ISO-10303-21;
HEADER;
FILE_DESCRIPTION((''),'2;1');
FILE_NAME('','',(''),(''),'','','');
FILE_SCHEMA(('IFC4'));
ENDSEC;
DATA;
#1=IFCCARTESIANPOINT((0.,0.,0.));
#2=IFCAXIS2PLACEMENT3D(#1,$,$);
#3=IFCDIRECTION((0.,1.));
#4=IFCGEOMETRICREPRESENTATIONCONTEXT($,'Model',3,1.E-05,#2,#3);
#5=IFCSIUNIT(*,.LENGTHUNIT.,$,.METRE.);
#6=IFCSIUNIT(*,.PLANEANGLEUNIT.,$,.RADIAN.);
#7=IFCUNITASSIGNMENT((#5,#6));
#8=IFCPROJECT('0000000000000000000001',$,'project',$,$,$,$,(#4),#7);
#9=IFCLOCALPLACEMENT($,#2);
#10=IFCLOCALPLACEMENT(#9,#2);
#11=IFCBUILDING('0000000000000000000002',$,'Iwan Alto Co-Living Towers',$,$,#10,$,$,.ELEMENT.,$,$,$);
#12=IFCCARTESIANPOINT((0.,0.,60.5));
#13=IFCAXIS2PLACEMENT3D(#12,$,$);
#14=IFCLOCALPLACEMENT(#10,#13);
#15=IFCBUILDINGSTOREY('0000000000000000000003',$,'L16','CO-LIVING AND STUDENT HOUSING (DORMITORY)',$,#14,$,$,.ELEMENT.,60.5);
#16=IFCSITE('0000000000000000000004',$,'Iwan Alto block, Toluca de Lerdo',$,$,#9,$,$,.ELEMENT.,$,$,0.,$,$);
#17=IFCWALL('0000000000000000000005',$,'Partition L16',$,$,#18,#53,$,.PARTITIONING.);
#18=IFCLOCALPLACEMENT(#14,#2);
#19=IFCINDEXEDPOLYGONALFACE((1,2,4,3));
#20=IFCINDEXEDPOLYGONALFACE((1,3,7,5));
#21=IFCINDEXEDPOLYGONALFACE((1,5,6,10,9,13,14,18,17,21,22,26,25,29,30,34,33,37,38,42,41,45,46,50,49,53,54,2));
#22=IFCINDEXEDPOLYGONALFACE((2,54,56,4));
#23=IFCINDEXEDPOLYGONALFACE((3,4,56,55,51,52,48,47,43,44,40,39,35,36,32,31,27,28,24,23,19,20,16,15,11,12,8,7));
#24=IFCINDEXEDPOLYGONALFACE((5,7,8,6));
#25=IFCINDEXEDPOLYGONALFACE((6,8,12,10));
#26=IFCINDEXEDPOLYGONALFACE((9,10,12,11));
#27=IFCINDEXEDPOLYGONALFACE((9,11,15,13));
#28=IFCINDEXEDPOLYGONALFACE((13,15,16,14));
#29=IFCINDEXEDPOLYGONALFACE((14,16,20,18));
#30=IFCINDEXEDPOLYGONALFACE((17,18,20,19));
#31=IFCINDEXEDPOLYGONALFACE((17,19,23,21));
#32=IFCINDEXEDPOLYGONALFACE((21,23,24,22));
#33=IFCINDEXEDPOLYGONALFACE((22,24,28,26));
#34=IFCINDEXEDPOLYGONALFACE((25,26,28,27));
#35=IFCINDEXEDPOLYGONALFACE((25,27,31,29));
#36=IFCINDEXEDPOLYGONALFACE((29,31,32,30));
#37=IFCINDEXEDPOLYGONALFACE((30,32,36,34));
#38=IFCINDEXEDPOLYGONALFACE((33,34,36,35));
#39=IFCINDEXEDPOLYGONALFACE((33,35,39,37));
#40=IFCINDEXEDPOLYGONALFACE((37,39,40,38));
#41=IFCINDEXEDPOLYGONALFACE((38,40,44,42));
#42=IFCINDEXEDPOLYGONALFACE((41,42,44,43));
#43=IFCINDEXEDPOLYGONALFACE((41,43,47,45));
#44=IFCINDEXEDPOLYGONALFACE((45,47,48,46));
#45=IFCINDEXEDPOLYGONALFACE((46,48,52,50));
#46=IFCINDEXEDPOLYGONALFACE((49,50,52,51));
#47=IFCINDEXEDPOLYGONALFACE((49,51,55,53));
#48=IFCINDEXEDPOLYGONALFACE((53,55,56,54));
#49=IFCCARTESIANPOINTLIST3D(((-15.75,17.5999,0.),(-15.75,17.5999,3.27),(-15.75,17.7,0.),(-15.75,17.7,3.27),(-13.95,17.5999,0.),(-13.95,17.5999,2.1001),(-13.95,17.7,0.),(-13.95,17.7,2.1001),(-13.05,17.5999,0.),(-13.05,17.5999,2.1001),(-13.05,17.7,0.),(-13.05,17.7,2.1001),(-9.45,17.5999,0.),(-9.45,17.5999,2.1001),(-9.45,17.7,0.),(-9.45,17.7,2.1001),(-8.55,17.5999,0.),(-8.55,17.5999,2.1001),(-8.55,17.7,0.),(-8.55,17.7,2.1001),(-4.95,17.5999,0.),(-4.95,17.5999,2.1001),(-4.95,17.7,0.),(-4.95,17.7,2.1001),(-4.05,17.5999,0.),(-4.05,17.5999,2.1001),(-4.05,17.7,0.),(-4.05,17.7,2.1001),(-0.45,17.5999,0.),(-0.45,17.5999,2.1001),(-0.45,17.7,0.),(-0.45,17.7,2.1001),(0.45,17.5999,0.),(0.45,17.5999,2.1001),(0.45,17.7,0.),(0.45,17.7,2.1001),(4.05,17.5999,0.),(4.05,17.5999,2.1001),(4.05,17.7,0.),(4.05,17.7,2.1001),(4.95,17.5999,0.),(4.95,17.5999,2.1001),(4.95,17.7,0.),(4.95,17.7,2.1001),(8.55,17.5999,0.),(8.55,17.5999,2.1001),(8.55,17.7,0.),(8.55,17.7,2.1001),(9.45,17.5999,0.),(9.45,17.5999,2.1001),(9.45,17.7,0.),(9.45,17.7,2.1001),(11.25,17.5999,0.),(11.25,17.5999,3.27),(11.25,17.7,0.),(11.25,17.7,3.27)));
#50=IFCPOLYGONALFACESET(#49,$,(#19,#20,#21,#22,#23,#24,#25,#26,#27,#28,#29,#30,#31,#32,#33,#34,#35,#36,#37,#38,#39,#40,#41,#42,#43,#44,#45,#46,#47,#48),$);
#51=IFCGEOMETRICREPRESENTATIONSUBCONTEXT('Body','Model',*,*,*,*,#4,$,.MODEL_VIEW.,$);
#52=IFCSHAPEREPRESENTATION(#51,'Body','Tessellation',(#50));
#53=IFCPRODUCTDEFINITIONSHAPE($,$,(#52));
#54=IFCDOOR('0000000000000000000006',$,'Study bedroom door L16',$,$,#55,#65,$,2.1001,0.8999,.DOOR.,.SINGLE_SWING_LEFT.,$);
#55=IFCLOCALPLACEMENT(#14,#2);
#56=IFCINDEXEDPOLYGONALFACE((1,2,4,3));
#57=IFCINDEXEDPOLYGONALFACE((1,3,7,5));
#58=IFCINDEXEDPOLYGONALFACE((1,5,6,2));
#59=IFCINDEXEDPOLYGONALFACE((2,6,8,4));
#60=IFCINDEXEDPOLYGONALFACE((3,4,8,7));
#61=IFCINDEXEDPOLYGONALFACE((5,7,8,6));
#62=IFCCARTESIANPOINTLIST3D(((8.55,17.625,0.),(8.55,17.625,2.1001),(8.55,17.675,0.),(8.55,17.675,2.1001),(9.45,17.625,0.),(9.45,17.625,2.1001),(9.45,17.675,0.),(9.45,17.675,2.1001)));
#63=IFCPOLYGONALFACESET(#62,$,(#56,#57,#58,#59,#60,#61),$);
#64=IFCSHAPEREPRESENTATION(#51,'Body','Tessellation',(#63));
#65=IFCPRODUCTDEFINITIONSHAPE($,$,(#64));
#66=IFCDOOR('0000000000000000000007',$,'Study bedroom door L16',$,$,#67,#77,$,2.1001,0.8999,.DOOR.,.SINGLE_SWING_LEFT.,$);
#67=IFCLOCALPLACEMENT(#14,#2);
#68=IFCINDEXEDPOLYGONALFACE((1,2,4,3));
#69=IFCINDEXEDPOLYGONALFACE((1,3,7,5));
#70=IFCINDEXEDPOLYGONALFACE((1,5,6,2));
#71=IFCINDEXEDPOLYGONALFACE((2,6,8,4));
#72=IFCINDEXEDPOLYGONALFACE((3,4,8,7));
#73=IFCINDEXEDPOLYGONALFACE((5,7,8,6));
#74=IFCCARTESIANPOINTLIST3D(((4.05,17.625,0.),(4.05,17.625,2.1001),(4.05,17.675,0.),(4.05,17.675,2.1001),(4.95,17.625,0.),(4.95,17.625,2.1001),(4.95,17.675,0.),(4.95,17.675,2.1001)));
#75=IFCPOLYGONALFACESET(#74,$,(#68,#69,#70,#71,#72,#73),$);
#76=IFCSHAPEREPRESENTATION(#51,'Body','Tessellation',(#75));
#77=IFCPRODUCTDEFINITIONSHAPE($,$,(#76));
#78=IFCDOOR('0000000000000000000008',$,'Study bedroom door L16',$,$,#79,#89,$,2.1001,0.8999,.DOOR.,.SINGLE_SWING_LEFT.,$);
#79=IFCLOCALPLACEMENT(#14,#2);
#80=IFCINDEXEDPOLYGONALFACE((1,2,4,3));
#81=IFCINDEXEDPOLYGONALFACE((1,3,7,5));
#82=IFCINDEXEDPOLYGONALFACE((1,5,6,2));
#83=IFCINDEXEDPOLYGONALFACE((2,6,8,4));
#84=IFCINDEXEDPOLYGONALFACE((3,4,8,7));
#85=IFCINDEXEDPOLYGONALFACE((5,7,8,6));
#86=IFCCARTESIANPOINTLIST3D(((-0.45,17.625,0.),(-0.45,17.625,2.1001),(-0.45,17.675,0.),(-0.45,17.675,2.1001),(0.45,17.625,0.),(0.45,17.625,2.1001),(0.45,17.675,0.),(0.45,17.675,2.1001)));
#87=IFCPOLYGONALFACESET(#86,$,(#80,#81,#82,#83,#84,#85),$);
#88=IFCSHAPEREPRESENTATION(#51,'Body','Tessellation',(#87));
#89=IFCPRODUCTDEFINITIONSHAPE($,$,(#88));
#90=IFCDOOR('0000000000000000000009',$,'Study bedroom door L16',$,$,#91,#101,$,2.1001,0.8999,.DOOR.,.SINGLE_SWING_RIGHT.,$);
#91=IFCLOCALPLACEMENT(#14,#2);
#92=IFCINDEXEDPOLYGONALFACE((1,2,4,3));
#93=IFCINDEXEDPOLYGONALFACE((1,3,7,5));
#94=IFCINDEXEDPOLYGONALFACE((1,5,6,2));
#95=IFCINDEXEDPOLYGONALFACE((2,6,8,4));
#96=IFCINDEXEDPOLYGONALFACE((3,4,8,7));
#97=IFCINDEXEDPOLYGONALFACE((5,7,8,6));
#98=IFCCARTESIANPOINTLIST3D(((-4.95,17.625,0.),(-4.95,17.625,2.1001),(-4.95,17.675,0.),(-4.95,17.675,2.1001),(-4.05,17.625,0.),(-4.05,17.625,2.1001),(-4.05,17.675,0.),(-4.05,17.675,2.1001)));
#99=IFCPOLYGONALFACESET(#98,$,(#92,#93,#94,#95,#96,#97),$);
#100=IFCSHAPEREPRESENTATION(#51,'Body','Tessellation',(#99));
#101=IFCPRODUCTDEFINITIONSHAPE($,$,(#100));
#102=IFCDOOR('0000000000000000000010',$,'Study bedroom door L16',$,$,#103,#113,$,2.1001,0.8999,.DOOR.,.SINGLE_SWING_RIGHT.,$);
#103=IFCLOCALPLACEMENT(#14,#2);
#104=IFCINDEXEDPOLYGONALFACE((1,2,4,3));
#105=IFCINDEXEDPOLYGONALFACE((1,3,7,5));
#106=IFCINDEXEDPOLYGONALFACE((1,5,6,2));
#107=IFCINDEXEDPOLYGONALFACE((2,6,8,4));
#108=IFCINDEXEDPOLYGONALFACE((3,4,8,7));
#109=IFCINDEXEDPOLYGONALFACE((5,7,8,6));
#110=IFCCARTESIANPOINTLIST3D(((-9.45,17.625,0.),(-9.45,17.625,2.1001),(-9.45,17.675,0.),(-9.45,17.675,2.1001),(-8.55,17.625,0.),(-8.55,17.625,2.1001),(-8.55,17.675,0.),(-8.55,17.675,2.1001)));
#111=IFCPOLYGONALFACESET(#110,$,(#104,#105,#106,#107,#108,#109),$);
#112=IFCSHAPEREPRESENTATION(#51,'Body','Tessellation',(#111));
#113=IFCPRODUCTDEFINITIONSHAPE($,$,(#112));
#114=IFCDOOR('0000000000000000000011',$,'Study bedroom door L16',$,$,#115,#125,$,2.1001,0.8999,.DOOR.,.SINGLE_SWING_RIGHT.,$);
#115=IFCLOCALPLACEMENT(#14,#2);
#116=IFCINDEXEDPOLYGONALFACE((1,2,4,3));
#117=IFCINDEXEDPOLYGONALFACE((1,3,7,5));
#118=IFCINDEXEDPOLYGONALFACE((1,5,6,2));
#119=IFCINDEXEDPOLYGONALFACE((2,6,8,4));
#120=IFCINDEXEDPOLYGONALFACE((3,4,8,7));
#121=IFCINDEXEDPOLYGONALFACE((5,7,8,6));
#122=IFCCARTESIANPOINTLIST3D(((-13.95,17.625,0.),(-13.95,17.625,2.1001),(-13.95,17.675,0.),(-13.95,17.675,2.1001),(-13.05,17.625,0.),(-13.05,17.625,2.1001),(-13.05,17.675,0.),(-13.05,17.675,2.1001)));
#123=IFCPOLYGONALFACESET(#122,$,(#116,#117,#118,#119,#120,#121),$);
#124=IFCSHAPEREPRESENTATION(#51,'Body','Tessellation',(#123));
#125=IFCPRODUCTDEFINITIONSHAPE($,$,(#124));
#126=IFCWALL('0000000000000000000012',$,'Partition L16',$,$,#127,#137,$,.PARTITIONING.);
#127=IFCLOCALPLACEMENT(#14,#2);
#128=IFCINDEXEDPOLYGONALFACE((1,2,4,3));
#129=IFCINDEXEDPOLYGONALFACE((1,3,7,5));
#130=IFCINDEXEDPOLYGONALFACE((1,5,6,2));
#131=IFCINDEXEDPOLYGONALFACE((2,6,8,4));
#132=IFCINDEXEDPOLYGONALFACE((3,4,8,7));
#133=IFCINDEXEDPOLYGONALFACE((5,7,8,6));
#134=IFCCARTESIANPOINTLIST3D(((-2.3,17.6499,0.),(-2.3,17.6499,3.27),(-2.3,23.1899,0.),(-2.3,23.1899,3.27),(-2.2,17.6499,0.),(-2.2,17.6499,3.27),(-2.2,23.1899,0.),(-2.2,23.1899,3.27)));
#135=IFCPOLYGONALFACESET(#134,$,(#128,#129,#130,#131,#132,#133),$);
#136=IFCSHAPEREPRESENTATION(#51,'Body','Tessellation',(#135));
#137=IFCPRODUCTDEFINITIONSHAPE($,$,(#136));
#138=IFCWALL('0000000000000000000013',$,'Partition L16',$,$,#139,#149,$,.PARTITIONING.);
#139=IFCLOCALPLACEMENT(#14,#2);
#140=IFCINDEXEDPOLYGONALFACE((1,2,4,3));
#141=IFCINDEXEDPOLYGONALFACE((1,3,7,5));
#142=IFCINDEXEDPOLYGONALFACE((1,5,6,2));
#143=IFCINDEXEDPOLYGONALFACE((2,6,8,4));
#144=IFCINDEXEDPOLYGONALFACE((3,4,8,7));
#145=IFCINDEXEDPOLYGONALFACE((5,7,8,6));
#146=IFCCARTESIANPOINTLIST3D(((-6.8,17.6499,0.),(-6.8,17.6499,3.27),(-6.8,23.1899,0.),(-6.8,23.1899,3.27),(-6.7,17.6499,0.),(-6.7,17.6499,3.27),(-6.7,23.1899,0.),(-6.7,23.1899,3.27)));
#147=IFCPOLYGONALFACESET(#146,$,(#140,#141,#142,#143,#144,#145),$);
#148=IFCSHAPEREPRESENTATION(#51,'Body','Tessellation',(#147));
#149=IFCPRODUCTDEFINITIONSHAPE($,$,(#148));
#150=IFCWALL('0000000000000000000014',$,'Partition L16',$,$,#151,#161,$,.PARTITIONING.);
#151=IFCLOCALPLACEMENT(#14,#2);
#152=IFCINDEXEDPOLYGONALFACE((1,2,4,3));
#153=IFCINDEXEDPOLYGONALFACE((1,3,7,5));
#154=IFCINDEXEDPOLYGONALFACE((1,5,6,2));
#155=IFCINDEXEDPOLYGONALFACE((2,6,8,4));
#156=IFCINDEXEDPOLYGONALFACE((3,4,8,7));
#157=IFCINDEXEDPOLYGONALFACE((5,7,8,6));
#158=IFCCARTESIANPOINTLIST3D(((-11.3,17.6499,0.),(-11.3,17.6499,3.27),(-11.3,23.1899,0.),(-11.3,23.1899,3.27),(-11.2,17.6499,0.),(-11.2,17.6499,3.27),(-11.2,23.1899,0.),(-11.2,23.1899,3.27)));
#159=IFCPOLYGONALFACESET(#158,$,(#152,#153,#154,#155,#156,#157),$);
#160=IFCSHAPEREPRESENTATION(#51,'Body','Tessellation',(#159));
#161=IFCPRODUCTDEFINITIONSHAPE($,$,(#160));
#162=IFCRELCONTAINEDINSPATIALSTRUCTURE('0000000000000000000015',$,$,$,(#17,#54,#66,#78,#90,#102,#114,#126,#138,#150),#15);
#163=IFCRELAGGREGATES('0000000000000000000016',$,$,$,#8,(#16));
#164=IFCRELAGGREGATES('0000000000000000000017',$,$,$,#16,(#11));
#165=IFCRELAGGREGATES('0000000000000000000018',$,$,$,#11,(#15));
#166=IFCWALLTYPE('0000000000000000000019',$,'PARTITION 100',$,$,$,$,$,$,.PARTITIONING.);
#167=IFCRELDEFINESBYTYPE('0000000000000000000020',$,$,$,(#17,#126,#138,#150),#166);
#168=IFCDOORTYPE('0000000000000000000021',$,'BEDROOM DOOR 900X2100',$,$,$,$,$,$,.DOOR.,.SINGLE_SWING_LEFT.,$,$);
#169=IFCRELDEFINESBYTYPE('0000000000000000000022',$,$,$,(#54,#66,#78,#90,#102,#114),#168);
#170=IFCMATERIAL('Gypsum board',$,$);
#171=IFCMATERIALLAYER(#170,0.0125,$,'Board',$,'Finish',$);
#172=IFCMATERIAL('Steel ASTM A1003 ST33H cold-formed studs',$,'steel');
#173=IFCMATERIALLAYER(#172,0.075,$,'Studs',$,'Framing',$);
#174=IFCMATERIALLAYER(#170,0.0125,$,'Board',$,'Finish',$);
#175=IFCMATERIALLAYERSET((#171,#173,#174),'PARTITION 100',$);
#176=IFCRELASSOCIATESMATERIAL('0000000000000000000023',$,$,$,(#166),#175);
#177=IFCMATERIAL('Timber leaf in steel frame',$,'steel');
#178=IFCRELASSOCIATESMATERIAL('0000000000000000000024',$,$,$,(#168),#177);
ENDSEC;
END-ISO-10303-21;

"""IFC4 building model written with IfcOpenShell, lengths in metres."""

from ifc_helpers import new_model, si_unit, direction, frame, frame_2d, origin, place, context, subcontext, project, spatial, rectangle, extrude, material, layer, layer_set, type_object, element, fill, save


model = new_model("IFC4")

# Units and contexts
model_context = context("Model", 3, precision=1e-05, world=origin(), true_north=direction((0.0, 1.0)))
body_context = subcontext(model_context, "Body", "Model", "MODEL_VIEW")
ifc_project = project(units=[si_unit("LENGTHUNIT", "METRE"), si_unit("PLANEANGLEUNIT", "RADIAN")], contexts=[model_context])

# Site, building, storey
site_placement = place(None, origin())
site = spatial("IfcSite", under=ifc_project, at=site_placement, Name="Iwan Alto block, Toluca de Lerdo", CompositionType="ELEMENT", RefElevation=0.0)
building_placement = place(site_placement, origin())
building = spatial("IfcBuilding", under=site, at=building_placement, Name="Iwan Alto Co-Living Towers", CompositionType="ELEMENT")
storey_placement = place(building_placement, frame((0.0, 0.0, 60.5)))
storey = spatial("IfcBuildingStorey", under=building, at=storey_placement, Name="L16", Description="CO-LIVING AND STUDENT HOUSING (DORMITORY)", CompositionType="ELEMENT", Elevation=60.5)

# Wall, openings, doors
ifc_material_1 = material(Name="Gypsum board")
ifc_layer_1 = layer(ifc_material_1, 0.0125, Name="Board", Category="Finish")
ifc_material_2 = material(Name="Steel ASTM A1003 ST33H cold-formed studs", Category="steel")
ifc_layer_2 = layer(ifc_material_2, 0.075, Name="Studs", Category="Framing")
ifc_layer_3 = layer(ifc_material_1, 0.0125, Name="Board", Category="Finish")
ifc_layer_set_1 = layer_set([ifc_layer_1, ifc_layer_2, ifc_layer_3], Name="PARTITION 100")
wall_type = type_object("IfcWallType", Name="PARTITION 100", PredefinedType="PARTITIONING", material=ifc_layer_set_1)
wall_placement = place(storey_placement, frame((-15.75, 17.6499, 0.0), z_axis=(0.0, 0.0, 1.0), x_axis=(1.0, 0.0, 0.0)))
wall = element("IfcWall", 1, at=wall_placement, inside=storey, type_object=wall_type, Name="Partition L16", PredefinedType="PARTITIONING", context=body_context, shape_type="SweptSolid", body=[
    extrude(rectangle(XDim=27.0, YDim=0.1001, at=frame_2d((13.5, 0.0))), origin(), (0.0, 0.0, 1.0), 3.27),
])
opening_1_placement = place(wall_placement, frame((24.3, 0.0, 0.0)))
opening_1 = element("IfcOpeningElement", 2, at=opening_1_placement, cuts=wall, PredefinedType="OPENING", context=body_context, shape_type="SweptSolid", body=[
    extrude(rectangle(XDim=0.8999, YDim=2.1001, at=frame_2d((0.45, 1.05))), frame((0.0, 0.0601, 0.0), z_axis=(0.0, -1.0, 0.0), x_axis=(1.0, 0.0, 0.0)), (0.0, 0.0, 1.0), 0.1201),
])
opening_2_placement = place(wall_placement, frame((19.8, 0.0, 0.0)))
opening_2 = element("IfcOpeningElement", 3, at=opening_2_placement, cuts=wall, PredefinedType="OPENING", context=body_context, shape_type="SweptSolid", body=[
    extrude(rectangle(XDim=0.8999, YDim=2.1001, at=frame_2d((0.45, 1.05))), frame((0.0, 0.0601, 0.0), z_axis=(0.0, -1.0, 0.0), x_axis=(1.0, 0.0, 0.0)), (0.0, 0.0, 1.0), 0.1201),
])
opening_3_placement = place(wall_placement, frame((15.3, 0.0, 0.0)))
opening_3 = element("IfcOpeningElement", 4, at=opening_3_placement, cuts=wall, PredefinedType="OPENING", context=body_context, shape_type="SweptSolid", body=[
    extrude(rectangle(XDim=0.8999, YDim=2.1001, at=frame_2d((0.45, 1.05))), frame((0.0, 0.0601, 0.0), z_axis=(0.0, -1.0, 0.0), x_axis=(1.0, 0.0, 0.0)), (0.0, 0.0, 1.0), 0.1201),
])
opening_4_placement = place(wall_placement, frame((10.8, 0.0, 0.0)))
opening_4 = element("IfcOpeningElement", 5, at=opening_4_placement, cuts=wall, PredefinedType="OPENING", context=body_context, shape_type="SweptSolid", body=[
    extrude(rectangle(XDim=0.8999, YDim=2.1001, at=frame_2d((0.45, 1.05))), frame((0.0, 0.0601, 0.0), z_axis=(0.0, -1.0, 0.0), x_axis=(1.0, 0.0, 0.0)), (0.0, 0.0, 1.0), 0.1201),
])
opening_5_placement = place(wall_placement, frame((6.3, 0.0, 0.0)))
opening_5 = element("IfcOpeningElement", 6, at=opening_5_placement, cuts=wall, PredefinedType="OPENING", context=body_context, shape_type="SweptSolid", body=[
    extrude(rectangle(XDim=0.8999, YDim=2.1001, at=frame_2d((0.45, 1.05))), frame((0.0, 0.0601, 0.0), z_axis=(0.0, -1.0, 0.0), x_axis=(1.0, 0.0, 0.0)), (0.0, 0.0, 1.0), 0.1201),
])
opening_6_placement = place(wall_placement, frame((1.8, 0.0, 0.0)))
opening_6 = element("IfcOpeningElement", 7, at=opening_6_placement, cuts=wall, PredefinedType="OPENING", context=body_context, shape_type="SweptSolid", body=[
    extrude(rectangle(XDim=0.8999, YDim=2.1001, at=frame_2d((0.45, 1.05))), frame((0.0, 0.0601, 0.0), z_axis=(0.0, -1.0, 0.0), x_axis=(1.0, 0.0, 0.0)), (0.0, 0.0, 1.0), 0.1201),
])
ifc_material_3 = material(Name="Timber leaf in steel frame", Category="steel")
door_type = type_object("IfcDoorType", Name="BEDROOM DOOR 900X2100", OperationType="SINGLE_SWING_LEFT", PredefinedType="DOOR", material=ifc_material_3)
door_1_placement = place(opening_1_placement, frame((0.8999, 0.0, 0.0), z_axis=(0.0, 0.0, 1.0), x_axis=(-1.0, 0.0, 0.0)))
door_1 = element("IfcDoor", 8, at=door_1_placement, inside=storey, type_object=door_type, Name="Study bedroom door L16", OperationType="SINGLE_SWING_LEFT", OverallHeight=2.1001, OverallWidth=0.8999, PredefinedType="DOOR", context=body_context, shape_type="SweptSolid", body=[
    extrude(rectangle(XDim=0.8999, YDim=2.1001, at=frame_2d((0.45, 1.05))), frame((0.0, 0.0249, 0.0), z_axis=(0.0, -1.0, 0.0), x_axis=(1.0, 0.0, 0.0)), (0.0, 0.0, 1.0), 0.05),
])
fill(opening_1, door_1)
door_2_placement = place(opening_2_placement, frame((0.8999, 0.0, 0.0), z_axis=(0.0, 0.0, 1.0), x_axis=(-1.0, 0.0, 0.0)))
door_2 = element("IfcDoor", 9, at=door_2_placement, inside=storey, type_object=door_type, Name="Study bedroom door L16", OperationType="SINGLE_SWING_LEFT", OverallHeight=2.1001, OverallWidth=0.8999, PredefinedType="DOOR", context=body_context, shape_type="SweptSolid", body=[
    extrude(rectangle(XDim=0.8999, YDim=2.1001, at=frame_2d((0.45, 1.05))), frame((0.0, 0.0249, 0.0), z_axis=(0.0, -1.0, 0.0), x_axis=(1.0, 0.0, 0.0)), (0.0, 0.0, 1.0), 0.05),
])
fill(opening_2, door_2)
door_3_placement = place(opening_3_placement, frame((0.8999, 0.0, 0.0), z_axis=(0.0, 0.0, 1.0), x_axis=(-1.0, 0.0, 0.0)))
door_3 = element("IfcDoor", 10, at=door_3_placement, inside=storey, type_object=door_type, Name="Study bedroom door L16", OperationType="SINGLE_SWING_LEFT", OverallHeight=2.1001, OverallWidth=0.8999, PredefinedType="DOOR", context=body_context, shape_type="SweptSolid", body=[
    extrude(rectangle(XDim=0.8999, YDim=2.1001, at=frame_2d((0.45, 1.05))), frame((0.0, 0.0249, 0.0), z_axis=(0.0, -1.0, 0.0), x_axis=(1.0, 0.0, 0.0)), (0.0, 0.0, 1.0), 0.05),
])
fill(opening_3, door_3)
door_4_placement = place(opening_4_placement, frame((0.8999, 0.0, 0.0), z_axis=(0.0, 0.0, 1.0), x_axis=(-1.0, 0.0, 0.0)))
door_4 = element("IfcDoor", 11, at=door_4_placement, inside=storey, type_object=door_type, Name="Study bedroom door L16", OperationType="SINGLE_SWING_RIGHT", OverallHeight=2.1001, OverallWidth=0.8999, PredefinedType="DOOR", context=body_context, shape_type="SweptSolid", body=[
    extrude(rectangle(XDim=0.8999, YDim=2.1001, at=frame_2d((0.45, 1.05))), frame((0.0, 0.0249, 0.0), z_axis=(0.0, -1.0, 0.0), x_axis=(1.0, 0.0, 0.0)), (0.0, 0.0, 1.0), 0.05),
])
fill(opening_4, door_4)
door_5_placement = place(opening_5_placement, frame((0.8999, 0.0, 0.0), z_axis=(0.0, 0.0, 1.0), x_axis=(-1.0, 0.0, 0.0)))
door_5 = element("IfcDoor", 12, at=door_5_placement, inside=storey, type_object=door_type, Name="Study bedroom door L16", OperationType="SINGLE_SWING_RIGHT", OverallHeight=2.1001, OverallWidth=0.8999, PredefinedType="DOOR", context=body_context, shape_type="SweptSolid", body=[
    extrude(rectangle(XDim=0.8999, YDim=2.1001, at=frame_2d((0.45, 1.05))), frame((0.0, 0.0249, 0.0), z_axis=(0.0, -1.0, 0.0), x_axis=(1.0, 0.0, 0.0)), (0.0, 0.0, 1.0), 0.05),
])
fill(opening_5, door_5)
door_6_placement = place(opening_6_placement, frame((0.8999, 0.0, 0.0), z_axis=(0.0, 0.0, 1.0), x_axis=(-1.0, 0.0, 0.0)))
door_6 = element("IfcDoor", 13, at=door_6_placement, inside=storey, type_object=door_type, Name="Study bedroom door L16", OperationType="SINGLE_SWING_RIGHT", OverallHeight=2.1001, OverallWidth=0.8999, PredefinedType="DOOR", context=body_context, shape_type="SweptSolid", body=[
    extrude(rectangle(XDim=0.8999, YDim=2.1001, at=frame_2d((0.45, 1.05))), frame((0.0, 0.0249, 0.0), z_axis=(0.0, -1.0, 0.0), x_axis=(1.0, 0.0, 0.0)), (0.0, 0.0, 1.0), 0.05),
])
fill(opening_6, door_6)

# Walls
for number, where, z_axis, x_axis, name in (
    (14, (-2.25, 17.6499, 0.0), (0.0, 0.0, 1.0), (0.0, 1.0, 0.0), "Partition L16"),
    (15, (-6.75, 17.6499, 0.0), (0.0, 0.0, 1.0), (0.0, 1.0, 0.0), "Partition L16"),
    (16, (-11.25, 17.6499, 0.0), (0.0, 0.0, 1.0), (0.0, 1.0, 0.0), "Partition L16"),
):
    element("IfcWall", number, at=place(storey_placement, frame(where, z_axis=z_axis, x_axis=x_axis)), inside=storey, type_object=wall_type, Name=name, PredefinedType="PARTITIONING", context=body_context, shape_type="SweptSolid", body=[
        extrude(rectangle(XDim=5.54, YDim=0.1001, at=frame_2d((2.77, 0.0))), origin(), (0.0, 0.0, 1.0), 3.27),
    ])

save(model, "model.ifc")
